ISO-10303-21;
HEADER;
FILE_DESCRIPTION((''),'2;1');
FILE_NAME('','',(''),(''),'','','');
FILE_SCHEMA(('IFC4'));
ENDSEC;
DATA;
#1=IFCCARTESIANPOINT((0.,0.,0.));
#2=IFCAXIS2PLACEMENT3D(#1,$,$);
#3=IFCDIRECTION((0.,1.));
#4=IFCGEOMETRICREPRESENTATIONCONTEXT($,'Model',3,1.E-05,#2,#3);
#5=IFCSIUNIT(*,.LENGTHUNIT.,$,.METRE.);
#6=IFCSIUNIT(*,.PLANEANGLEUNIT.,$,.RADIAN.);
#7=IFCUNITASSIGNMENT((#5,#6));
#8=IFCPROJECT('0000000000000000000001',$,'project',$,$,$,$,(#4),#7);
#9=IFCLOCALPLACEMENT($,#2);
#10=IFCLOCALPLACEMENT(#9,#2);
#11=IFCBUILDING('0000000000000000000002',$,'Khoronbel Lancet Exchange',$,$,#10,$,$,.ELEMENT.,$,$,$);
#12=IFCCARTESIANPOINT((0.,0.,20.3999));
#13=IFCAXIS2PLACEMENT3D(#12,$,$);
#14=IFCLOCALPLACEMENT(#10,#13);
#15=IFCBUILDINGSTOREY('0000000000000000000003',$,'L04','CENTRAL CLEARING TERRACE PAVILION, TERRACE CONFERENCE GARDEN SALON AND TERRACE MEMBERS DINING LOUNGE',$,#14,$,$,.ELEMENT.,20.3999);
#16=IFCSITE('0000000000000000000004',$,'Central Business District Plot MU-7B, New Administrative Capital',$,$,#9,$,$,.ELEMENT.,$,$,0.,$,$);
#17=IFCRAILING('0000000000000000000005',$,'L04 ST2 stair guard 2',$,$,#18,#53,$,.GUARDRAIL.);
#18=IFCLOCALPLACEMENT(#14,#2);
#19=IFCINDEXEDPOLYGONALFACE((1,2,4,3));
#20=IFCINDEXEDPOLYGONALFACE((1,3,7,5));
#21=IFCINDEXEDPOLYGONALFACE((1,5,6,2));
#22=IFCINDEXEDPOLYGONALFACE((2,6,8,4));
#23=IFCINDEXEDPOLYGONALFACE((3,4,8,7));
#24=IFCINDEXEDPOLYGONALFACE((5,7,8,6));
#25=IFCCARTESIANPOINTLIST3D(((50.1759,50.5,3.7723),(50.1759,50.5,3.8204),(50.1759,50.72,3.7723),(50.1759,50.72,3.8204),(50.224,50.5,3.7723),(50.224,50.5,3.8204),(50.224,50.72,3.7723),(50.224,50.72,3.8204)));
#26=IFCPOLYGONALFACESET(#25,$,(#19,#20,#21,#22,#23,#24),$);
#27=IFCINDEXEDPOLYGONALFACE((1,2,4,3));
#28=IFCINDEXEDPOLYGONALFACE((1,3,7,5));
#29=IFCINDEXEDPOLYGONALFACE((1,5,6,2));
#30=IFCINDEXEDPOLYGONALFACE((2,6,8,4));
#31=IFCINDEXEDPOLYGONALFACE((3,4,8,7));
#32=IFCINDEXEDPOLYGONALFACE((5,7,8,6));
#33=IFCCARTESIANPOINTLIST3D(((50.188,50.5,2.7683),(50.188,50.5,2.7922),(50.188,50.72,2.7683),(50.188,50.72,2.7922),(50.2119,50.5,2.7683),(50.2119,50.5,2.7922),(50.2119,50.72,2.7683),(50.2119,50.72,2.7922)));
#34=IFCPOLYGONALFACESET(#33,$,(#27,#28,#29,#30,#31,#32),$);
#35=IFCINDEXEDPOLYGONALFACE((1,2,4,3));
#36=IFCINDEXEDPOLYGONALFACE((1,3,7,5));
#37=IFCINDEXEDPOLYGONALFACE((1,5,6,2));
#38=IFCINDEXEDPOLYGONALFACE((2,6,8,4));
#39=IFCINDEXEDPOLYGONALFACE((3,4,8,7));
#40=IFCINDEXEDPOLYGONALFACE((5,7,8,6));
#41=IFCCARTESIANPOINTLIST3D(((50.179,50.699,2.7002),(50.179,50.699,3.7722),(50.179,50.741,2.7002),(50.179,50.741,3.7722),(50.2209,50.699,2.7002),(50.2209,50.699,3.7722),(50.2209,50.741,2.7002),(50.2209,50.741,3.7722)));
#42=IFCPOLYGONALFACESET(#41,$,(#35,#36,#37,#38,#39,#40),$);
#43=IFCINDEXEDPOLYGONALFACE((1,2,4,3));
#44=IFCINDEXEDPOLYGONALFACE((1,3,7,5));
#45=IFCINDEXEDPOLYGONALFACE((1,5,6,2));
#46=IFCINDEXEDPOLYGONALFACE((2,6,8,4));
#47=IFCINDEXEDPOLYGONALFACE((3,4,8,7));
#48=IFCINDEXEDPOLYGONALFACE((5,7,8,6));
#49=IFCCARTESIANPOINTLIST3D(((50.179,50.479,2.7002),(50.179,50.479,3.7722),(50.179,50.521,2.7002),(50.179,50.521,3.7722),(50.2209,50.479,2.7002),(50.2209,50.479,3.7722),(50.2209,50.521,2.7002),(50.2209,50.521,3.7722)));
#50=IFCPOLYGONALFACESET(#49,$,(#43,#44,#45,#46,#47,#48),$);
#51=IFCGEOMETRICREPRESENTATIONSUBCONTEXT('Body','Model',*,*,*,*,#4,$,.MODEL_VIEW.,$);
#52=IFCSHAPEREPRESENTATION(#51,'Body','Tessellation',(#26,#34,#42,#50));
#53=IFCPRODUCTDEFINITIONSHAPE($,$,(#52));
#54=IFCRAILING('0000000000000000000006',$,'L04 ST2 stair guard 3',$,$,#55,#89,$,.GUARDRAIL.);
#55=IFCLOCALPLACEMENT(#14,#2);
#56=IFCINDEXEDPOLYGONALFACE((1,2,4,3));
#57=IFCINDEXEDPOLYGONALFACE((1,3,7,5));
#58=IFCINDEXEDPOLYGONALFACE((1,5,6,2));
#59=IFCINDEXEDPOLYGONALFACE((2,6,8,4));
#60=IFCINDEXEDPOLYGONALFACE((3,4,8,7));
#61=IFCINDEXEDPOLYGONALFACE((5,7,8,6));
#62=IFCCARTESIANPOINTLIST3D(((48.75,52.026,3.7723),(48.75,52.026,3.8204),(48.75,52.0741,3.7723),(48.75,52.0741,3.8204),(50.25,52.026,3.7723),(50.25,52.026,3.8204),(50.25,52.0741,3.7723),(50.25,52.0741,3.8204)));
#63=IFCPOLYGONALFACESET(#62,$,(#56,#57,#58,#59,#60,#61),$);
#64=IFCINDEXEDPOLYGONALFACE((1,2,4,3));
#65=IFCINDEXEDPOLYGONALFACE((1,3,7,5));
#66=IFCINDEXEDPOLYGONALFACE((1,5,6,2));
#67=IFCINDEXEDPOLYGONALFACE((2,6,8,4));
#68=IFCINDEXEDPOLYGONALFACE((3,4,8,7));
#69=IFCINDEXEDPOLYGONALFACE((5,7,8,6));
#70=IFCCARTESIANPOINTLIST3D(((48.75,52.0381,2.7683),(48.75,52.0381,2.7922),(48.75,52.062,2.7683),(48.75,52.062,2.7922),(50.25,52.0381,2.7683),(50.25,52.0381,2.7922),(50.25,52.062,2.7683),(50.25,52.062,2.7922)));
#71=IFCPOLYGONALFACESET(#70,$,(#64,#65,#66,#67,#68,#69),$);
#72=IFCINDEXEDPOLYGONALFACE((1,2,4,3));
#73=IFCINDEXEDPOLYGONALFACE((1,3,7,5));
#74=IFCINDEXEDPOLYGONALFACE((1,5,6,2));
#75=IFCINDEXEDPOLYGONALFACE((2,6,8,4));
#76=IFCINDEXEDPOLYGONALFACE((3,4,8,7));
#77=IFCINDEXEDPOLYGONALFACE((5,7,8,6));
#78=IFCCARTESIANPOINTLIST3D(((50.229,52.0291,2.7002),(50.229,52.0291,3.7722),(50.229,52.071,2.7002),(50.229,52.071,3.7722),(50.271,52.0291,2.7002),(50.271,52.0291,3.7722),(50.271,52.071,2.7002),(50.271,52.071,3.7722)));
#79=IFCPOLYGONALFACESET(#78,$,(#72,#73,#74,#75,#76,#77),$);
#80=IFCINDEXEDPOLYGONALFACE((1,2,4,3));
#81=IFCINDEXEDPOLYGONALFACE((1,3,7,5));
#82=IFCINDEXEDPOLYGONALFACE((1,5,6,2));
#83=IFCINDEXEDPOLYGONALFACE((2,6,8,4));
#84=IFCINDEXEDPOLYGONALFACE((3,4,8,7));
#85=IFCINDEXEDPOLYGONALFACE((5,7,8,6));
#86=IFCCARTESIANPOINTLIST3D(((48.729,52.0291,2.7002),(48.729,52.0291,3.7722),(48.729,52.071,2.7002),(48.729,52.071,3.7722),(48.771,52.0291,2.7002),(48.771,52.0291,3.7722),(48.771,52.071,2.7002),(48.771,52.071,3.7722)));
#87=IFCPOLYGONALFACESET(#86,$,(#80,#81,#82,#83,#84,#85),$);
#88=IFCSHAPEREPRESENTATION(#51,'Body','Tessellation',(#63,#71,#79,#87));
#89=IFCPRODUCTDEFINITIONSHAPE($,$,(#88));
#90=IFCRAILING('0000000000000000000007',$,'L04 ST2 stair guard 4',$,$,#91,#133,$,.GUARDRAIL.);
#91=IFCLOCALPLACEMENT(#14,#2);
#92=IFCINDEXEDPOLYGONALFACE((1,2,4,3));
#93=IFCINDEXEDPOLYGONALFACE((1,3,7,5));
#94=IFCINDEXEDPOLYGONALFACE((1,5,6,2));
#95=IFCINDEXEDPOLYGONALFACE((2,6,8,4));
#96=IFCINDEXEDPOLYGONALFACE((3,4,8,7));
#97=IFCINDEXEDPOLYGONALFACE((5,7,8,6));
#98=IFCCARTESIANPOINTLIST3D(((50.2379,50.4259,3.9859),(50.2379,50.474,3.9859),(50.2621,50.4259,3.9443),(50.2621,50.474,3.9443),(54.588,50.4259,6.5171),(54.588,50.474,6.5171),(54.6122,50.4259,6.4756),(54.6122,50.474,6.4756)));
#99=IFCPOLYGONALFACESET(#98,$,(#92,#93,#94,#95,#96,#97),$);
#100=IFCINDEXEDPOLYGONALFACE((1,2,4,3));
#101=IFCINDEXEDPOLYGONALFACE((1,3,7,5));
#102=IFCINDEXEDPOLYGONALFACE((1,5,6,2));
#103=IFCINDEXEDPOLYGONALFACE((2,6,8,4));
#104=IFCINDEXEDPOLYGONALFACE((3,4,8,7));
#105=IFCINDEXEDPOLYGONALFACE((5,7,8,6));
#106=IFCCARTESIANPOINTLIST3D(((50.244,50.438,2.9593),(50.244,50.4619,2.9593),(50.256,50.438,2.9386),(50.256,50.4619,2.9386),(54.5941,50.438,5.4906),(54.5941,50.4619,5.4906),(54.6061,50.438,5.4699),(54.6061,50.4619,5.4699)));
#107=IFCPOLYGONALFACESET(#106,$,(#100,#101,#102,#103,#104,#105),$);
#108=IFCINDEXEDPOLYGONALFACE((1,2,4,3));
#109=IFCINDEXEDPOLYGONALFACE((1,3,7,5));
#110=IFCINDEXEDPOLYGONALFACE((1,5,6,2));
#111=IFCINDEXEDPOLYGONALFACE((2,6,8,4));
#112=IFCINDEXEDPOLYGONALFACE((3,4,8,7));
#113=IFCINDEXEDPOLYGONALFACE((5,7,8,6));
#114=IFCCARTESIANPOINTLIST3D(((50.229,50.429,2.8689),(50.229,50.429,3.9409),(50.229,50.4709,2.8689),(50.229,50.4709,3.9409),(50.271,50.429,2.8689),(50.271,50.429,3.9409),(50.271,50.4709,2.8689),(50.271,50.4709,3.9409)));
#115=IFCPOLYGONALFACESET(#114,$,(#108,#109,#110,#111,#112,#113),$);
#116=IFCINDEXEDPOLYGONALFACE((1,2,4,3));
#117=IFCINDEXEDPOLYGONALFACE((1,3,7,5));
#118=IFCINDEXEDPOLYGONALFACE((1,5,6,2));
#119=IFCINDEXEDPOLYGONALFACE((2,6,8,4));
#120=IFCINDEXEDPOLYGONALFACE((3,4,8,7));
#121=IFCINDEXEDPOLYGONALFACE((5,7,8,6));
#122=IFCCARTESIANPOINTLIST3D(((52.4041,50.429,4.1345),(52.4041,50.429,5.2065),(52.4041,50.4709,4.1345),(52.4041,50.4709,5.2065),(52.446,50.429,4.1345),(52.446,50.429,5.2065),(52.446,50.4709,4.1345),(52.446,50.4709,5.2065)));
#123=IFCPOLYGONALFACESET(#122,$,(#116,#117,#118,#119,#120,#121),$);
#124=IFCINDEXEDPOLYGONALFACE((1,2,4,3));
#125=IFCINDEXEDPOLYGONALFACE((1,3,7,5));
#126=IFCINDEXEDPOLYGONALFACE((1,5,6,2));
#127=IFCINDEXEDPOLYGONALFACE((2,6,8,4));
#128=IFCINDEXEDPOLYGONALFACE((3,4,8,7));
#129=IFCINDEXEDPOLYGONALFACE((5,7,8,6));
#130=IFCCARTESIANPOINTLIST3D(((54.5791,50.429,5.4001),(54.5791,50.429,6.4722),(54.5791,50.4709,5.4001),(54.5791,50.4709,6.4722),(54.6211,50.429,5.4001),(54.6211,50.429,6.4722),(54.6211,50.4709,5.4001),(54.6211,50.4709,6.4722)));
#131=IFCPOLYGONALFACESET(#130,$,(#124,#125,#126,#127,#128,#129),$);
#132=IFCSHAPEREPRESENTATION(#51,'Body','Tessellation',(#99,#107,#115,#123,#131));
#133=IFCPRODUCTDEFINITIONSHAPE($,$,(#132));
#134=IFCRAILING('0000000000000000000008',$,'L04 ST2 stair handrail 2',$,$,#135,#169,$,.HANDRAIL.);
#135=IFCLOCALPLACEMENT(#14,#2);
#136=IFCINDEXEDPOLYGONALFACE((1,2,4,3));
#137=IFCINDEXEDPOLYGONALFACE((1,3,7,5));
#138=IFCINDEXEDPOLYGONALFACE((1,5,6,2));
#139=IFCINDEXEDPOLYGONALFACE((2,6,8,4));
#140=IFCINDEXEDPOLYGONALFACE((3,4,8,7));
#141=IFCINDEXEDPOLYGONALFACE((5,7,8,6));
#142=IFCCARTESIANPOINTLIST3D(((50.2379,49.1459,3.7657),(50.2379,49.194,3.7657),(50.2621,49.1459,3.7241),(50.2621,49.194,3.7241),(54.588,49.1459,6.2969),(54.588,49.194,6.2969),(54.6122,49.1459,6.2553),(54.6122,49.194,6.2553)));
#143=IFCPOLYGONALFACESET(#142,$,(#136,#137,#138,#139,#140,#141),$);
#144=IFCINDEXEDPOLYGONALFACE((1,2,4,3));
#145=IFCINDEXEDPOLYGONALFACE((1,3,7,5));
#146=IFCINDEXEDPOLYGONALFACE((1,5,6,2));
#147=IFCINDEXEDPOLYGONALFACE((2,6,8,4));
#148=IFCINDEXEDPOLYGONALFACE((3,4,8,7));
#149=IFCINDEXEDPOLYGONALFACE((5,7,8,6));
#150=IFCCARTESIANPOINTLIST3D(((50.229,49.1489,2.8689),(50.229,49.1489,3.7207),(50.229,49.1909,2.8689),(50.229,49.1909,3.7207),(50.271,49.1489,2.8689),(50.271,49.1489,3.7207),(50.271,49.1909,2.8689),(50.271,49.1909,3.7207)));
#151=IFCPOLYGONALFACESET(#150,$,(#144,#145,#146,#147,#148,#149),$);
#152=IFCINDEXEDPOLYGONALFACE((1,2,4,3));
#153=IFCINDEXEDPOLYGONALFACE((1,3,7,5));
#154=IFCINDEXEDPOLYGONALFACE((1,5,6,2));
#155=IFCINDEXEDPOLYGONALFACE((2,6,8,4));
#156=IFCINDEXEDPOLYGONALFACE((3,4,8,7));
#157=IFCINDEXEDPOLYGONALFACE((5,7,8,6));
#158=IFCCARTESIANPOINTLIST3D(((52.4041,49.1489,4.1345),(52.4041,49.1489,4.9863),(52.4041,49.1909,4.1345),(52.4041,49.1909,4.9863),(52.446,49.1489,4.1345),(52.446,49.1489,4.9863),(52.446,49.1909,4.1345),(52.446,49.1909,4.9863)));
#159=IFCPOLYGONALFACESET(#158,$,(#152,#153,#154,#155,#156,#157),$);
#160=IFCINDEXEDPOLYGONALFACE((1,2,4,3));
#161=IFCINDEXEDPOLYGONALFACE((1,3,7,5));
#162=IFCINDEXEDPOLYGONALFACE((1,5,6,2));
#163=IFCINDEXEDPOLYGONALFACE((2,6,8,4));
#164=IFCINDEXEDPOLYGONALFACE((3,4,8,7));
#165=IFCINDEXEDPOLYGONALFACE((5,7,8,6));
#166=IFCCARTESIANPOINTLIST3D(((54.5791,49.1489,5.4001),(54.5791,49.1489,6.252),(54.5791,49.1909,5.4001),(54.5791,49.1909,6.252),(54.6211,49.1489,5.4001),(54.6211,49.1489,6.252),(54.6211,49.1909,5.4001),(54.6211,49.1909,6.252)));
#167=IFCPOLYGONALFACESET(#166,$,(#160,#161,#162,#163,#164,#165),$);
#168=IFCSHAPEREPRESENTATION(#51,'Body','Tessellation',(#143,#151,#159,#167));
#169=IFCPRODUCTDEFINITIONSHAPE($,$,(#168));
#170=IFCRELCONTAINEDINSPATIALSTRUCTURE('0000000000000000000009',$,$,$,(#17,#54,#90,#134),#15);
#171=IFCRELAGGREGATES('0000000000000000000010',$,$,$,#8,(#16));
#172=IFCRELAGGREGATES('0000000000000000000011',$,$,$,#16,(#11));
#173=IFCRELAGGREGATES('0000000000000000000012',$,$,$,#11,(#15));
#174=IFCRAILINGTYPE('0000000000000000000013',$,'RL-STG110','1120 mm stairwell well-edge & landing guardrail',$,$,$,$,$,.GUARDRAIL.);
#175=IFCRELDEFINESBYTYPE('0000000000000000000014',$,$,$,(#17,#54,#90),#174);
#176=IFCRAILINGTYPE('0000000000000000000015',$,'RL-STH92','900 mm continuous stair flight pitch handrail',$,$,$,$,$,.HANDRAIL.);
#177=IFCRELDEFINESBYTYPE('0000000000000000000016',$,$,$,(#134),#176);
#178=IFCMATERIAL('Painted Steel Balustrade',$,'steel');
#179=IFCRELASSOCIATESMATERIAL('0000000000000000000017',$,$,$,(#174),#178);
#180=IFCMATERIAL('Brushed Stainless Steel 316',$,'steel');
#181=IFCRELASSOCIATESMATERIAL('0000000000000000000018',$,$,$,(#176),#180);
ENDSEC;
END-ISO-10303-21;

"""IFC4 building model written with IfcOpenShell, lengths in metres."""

from ifc_helpers import new_model, si_unit, direction, frame, origin, origin_2d, place, context, subcontext, project, spatial, rectangle, extrude, material, type_object, element, save


model = new_model("IFC4")

# Units and contexts
model_context = context("Model", 3, precision=1e-05, world=origin(), true_north=direction((0.0, 1.0)))
body_context = subcontext(model_context, "Body", "Model", "MODEL_VIEW")
ifc_project = project(units=[si_unit("LENGTHUNIT", "METRE"), si_unit("PLANEANGLEUNIT", "RADIAN")], contexts=[model_context])

# Site, building, storey
site_placement = place(None, origin())
site = spatial("IfcSite", under=ifc_project, at=site_placement, Name="Central Business District Plot MU-7B, New Administrative Capital", CompositionType="ELEMENT", RefElevation=0.0)
building_placement = place(site_placement, origin())
building = spatial("IfcBuilding", under=site, at=building_placement, Name="Khoronbel Lancet Exchange", CompositionType="ELEMENT")
storey_placement = place(building_placement, frame((0.0, 0.0, 20.3999)))
storey = spatial("IfcBuildingStorey", under=building, at=storey_placement, Name="L04", Description="CENTRAL CLEARING TERRACE PAVILION, TERRACE CONFERENCE GARDEN SALON AND TERRACE MEMBERS DINING LOUNGE", CompositionType="ELEMENT", Elevation=20.3999)

# Railings
ifc_material_1 = material(Name="Painted Steel Balustrade", Category="steel")
railing_type_1 = type_object("IfcRailingType", Name="RL-STG110", Description="1120 mm stairwell well-edge & landing guardrail", PredefinedType="GUARDRAIL", material=ifc_material_1)
railing_1_placement = place(storey_placement, frame((50.2, 50.72, 2.7002)))
element("IfcRailing", 1, at=railing_1_placement, inside=storey, type_object=railing_type_1, Name="L04 ST2 stair guard 2", PredefinedType="GUARDRAIL", context=body_context, shape_type="SweptSolid", body=[
    extrude(rectangle(XDim=0.0481, YDim=0.0481, at=origin_2d()), frame((0.0, 0.0, 1.0962), z_axis=(0.0, -1.0, 0.0), x_axis=(1.0, 0.0, 0.0)), (0.0, 0.0, 1.0), 0.22),
    extrude(rectangle(XDim=0.0239, YDim=0.0239, at=origin_2d()), frame((0.0, 0.0, 0.0801), z_axis=(0.0, -1.0, 0.0), x_axis=(1.0, 0.0, 0.0)), (0.0, 0.0, 1.0), 0.22),
    extrude(rectangle(XDim=0.042, YDim=0.042, at=origin_2d()), origin(), (0.0, 0.0, 1.0), 1.072),
    extrude(rectangle(XDim=0.042, YDim=0.042, at=origin_2d()), frame((0.0, -0.22, 0.0)), (0.0, 0.0, 1.0), 1.072),
])
railing_2_placement = place(storey_placement, frame((50.25, 52.05, 2.7002)))
element("IfcRailing", 2, at=railing_2_placement, inside=storey, type_object=railing_type_1, Name="L04 ST2 stair guard 3", PredefinedType="GUARDRAIL", context=body_context, shape_type="SweptSolid", body=[
    extrude(rectangle(XDim=0.0481, YDim=0.0481, at=origin_2d()), frame((0.0, 0.0, 1.0962), z_axis=(-1.0, 0.0, 0.0), x_axis=(0.0, -1.0, 0.0)), (0.0, 0.0, 1.0), 1.5),
    extrude(rectangle(XDim=0.0239, YDim=0.0239, at=origin_2d()), frame((0.0, 0.0, 0.0801), z_axis=(-1.0, 0.0, 0.0), x_axis=(0.0, -1.0, 0.0)), (0.0, 0.0, 1.0), 1.5),
    extrude(rectangle(XDim=0.042, YDim=0.042, at=origin_2d()), origin(), (0.0, 0.0, 1.0), 1.072),
    extrude(rectangle(XDim=0.042, YDim=0.042, at=origin_2d()), frame((-1.5, 0.0, 0.0)), (0.0, 0.0, 1.0), 1.072),
])
railing_3_placement = place(storey_placement, frame((50.25, 50.45, 2.8689)))
element("IfcRailing", 3, at=railing_3_placement, inside=storey, type_object=railing_type_1, Name="L04 ST2 stair guard 4", PredefinedType="GUARDRAIL", context=body_context, shape_type="SweptSolid", body=[
    extrude(rectangle(XDim=0.0481, YDim=0.0481, at=origin_2d()), frame((0.0, 0.0, 1.0962), z_axis=(0.864324, 0.0, 0.502936), x_axis=(0.0, 1.0, 0.0)), (0.0, 0.0, 1.0), 5.033),
    extrude(rectangle(XDim=0.0239, YDim=0.0239, at=origin_2d()), frame((0.0, 0.0, 0.0801), z_axis=(0.864324, 0.0, 0.502936), x_axis=(0.0, 1.0, 0.0)), (0.0, 0.0, 1.0), 5.033),
    extrude(rectangle(XDim=0.042, YDim=0.042, at=origin_2d()), origin(), (0.0, 0.0, 1.0), 1.072),
    extrude(rectangle(XDim=0.042, YDim=0.042, at=origin_2d()), frame((2.175, 0.0, 1.2656)), (0.0, 0.0, 1.0), 1.072),
    extrude(rectangle(XDim=0.042, YDim=0.042, at=origin_2d()), frame((4.3501, 0.0, 2.5312)), (0.0, 0.0, 1.0), 1.072),
])
ifc_material_2 = material(Name="Brushed Stainless Steel 316", Category="steel")
railing_type_2 = type_object("IfcRailingType", Name="RL-STH92", Description="900 mm continuous stair flight pitch handrail", PredefinedType="HANDRAIL", material=ifc_material_2)
railing_4_placement = place(storey_placement, frame((50.25, 49.1699, 2.8689)))
element("IfcRailing", 4, at=railing_4_placement, inside=storey, type_object=railing_type_2, Name="L04 ST2 stair handrail 2", PredefinedType="HANDRAIL", context=body_context, shape_type="SweptSolid", body=[
    extrude(rectangle(XDim=0.0481, YDim=0.0481, at=origin_2d()), frame((0.0, 0.0, 0.876), z_axis=(0.864324, 0.0, 0.502936), x_axis=(0.0, 1.0, 0.0)), (0.0, 0.0, 1.0), 5.033),
    extrude(rectangle(XDim=0.042, YDim=0.042, at=origin_2d()), origin(), (0.0, 0.0, 1.0), 0.8518),
    extrude(rectangle(XDim=0.042, YDim=0.042, at=origin_2d()), frame((2.175, 0.0, 1.2656)), (0.0, 0.0, 1.0), 0.8518),
    extrude(rectangle(XDim=0.042, YDim=0.042, at=origin_2d()), frame((4.3501, 0.0, 2.5312)), (0.0, 0.0, 1.0), 0.8518),
])

save(model, "model.ifc")
